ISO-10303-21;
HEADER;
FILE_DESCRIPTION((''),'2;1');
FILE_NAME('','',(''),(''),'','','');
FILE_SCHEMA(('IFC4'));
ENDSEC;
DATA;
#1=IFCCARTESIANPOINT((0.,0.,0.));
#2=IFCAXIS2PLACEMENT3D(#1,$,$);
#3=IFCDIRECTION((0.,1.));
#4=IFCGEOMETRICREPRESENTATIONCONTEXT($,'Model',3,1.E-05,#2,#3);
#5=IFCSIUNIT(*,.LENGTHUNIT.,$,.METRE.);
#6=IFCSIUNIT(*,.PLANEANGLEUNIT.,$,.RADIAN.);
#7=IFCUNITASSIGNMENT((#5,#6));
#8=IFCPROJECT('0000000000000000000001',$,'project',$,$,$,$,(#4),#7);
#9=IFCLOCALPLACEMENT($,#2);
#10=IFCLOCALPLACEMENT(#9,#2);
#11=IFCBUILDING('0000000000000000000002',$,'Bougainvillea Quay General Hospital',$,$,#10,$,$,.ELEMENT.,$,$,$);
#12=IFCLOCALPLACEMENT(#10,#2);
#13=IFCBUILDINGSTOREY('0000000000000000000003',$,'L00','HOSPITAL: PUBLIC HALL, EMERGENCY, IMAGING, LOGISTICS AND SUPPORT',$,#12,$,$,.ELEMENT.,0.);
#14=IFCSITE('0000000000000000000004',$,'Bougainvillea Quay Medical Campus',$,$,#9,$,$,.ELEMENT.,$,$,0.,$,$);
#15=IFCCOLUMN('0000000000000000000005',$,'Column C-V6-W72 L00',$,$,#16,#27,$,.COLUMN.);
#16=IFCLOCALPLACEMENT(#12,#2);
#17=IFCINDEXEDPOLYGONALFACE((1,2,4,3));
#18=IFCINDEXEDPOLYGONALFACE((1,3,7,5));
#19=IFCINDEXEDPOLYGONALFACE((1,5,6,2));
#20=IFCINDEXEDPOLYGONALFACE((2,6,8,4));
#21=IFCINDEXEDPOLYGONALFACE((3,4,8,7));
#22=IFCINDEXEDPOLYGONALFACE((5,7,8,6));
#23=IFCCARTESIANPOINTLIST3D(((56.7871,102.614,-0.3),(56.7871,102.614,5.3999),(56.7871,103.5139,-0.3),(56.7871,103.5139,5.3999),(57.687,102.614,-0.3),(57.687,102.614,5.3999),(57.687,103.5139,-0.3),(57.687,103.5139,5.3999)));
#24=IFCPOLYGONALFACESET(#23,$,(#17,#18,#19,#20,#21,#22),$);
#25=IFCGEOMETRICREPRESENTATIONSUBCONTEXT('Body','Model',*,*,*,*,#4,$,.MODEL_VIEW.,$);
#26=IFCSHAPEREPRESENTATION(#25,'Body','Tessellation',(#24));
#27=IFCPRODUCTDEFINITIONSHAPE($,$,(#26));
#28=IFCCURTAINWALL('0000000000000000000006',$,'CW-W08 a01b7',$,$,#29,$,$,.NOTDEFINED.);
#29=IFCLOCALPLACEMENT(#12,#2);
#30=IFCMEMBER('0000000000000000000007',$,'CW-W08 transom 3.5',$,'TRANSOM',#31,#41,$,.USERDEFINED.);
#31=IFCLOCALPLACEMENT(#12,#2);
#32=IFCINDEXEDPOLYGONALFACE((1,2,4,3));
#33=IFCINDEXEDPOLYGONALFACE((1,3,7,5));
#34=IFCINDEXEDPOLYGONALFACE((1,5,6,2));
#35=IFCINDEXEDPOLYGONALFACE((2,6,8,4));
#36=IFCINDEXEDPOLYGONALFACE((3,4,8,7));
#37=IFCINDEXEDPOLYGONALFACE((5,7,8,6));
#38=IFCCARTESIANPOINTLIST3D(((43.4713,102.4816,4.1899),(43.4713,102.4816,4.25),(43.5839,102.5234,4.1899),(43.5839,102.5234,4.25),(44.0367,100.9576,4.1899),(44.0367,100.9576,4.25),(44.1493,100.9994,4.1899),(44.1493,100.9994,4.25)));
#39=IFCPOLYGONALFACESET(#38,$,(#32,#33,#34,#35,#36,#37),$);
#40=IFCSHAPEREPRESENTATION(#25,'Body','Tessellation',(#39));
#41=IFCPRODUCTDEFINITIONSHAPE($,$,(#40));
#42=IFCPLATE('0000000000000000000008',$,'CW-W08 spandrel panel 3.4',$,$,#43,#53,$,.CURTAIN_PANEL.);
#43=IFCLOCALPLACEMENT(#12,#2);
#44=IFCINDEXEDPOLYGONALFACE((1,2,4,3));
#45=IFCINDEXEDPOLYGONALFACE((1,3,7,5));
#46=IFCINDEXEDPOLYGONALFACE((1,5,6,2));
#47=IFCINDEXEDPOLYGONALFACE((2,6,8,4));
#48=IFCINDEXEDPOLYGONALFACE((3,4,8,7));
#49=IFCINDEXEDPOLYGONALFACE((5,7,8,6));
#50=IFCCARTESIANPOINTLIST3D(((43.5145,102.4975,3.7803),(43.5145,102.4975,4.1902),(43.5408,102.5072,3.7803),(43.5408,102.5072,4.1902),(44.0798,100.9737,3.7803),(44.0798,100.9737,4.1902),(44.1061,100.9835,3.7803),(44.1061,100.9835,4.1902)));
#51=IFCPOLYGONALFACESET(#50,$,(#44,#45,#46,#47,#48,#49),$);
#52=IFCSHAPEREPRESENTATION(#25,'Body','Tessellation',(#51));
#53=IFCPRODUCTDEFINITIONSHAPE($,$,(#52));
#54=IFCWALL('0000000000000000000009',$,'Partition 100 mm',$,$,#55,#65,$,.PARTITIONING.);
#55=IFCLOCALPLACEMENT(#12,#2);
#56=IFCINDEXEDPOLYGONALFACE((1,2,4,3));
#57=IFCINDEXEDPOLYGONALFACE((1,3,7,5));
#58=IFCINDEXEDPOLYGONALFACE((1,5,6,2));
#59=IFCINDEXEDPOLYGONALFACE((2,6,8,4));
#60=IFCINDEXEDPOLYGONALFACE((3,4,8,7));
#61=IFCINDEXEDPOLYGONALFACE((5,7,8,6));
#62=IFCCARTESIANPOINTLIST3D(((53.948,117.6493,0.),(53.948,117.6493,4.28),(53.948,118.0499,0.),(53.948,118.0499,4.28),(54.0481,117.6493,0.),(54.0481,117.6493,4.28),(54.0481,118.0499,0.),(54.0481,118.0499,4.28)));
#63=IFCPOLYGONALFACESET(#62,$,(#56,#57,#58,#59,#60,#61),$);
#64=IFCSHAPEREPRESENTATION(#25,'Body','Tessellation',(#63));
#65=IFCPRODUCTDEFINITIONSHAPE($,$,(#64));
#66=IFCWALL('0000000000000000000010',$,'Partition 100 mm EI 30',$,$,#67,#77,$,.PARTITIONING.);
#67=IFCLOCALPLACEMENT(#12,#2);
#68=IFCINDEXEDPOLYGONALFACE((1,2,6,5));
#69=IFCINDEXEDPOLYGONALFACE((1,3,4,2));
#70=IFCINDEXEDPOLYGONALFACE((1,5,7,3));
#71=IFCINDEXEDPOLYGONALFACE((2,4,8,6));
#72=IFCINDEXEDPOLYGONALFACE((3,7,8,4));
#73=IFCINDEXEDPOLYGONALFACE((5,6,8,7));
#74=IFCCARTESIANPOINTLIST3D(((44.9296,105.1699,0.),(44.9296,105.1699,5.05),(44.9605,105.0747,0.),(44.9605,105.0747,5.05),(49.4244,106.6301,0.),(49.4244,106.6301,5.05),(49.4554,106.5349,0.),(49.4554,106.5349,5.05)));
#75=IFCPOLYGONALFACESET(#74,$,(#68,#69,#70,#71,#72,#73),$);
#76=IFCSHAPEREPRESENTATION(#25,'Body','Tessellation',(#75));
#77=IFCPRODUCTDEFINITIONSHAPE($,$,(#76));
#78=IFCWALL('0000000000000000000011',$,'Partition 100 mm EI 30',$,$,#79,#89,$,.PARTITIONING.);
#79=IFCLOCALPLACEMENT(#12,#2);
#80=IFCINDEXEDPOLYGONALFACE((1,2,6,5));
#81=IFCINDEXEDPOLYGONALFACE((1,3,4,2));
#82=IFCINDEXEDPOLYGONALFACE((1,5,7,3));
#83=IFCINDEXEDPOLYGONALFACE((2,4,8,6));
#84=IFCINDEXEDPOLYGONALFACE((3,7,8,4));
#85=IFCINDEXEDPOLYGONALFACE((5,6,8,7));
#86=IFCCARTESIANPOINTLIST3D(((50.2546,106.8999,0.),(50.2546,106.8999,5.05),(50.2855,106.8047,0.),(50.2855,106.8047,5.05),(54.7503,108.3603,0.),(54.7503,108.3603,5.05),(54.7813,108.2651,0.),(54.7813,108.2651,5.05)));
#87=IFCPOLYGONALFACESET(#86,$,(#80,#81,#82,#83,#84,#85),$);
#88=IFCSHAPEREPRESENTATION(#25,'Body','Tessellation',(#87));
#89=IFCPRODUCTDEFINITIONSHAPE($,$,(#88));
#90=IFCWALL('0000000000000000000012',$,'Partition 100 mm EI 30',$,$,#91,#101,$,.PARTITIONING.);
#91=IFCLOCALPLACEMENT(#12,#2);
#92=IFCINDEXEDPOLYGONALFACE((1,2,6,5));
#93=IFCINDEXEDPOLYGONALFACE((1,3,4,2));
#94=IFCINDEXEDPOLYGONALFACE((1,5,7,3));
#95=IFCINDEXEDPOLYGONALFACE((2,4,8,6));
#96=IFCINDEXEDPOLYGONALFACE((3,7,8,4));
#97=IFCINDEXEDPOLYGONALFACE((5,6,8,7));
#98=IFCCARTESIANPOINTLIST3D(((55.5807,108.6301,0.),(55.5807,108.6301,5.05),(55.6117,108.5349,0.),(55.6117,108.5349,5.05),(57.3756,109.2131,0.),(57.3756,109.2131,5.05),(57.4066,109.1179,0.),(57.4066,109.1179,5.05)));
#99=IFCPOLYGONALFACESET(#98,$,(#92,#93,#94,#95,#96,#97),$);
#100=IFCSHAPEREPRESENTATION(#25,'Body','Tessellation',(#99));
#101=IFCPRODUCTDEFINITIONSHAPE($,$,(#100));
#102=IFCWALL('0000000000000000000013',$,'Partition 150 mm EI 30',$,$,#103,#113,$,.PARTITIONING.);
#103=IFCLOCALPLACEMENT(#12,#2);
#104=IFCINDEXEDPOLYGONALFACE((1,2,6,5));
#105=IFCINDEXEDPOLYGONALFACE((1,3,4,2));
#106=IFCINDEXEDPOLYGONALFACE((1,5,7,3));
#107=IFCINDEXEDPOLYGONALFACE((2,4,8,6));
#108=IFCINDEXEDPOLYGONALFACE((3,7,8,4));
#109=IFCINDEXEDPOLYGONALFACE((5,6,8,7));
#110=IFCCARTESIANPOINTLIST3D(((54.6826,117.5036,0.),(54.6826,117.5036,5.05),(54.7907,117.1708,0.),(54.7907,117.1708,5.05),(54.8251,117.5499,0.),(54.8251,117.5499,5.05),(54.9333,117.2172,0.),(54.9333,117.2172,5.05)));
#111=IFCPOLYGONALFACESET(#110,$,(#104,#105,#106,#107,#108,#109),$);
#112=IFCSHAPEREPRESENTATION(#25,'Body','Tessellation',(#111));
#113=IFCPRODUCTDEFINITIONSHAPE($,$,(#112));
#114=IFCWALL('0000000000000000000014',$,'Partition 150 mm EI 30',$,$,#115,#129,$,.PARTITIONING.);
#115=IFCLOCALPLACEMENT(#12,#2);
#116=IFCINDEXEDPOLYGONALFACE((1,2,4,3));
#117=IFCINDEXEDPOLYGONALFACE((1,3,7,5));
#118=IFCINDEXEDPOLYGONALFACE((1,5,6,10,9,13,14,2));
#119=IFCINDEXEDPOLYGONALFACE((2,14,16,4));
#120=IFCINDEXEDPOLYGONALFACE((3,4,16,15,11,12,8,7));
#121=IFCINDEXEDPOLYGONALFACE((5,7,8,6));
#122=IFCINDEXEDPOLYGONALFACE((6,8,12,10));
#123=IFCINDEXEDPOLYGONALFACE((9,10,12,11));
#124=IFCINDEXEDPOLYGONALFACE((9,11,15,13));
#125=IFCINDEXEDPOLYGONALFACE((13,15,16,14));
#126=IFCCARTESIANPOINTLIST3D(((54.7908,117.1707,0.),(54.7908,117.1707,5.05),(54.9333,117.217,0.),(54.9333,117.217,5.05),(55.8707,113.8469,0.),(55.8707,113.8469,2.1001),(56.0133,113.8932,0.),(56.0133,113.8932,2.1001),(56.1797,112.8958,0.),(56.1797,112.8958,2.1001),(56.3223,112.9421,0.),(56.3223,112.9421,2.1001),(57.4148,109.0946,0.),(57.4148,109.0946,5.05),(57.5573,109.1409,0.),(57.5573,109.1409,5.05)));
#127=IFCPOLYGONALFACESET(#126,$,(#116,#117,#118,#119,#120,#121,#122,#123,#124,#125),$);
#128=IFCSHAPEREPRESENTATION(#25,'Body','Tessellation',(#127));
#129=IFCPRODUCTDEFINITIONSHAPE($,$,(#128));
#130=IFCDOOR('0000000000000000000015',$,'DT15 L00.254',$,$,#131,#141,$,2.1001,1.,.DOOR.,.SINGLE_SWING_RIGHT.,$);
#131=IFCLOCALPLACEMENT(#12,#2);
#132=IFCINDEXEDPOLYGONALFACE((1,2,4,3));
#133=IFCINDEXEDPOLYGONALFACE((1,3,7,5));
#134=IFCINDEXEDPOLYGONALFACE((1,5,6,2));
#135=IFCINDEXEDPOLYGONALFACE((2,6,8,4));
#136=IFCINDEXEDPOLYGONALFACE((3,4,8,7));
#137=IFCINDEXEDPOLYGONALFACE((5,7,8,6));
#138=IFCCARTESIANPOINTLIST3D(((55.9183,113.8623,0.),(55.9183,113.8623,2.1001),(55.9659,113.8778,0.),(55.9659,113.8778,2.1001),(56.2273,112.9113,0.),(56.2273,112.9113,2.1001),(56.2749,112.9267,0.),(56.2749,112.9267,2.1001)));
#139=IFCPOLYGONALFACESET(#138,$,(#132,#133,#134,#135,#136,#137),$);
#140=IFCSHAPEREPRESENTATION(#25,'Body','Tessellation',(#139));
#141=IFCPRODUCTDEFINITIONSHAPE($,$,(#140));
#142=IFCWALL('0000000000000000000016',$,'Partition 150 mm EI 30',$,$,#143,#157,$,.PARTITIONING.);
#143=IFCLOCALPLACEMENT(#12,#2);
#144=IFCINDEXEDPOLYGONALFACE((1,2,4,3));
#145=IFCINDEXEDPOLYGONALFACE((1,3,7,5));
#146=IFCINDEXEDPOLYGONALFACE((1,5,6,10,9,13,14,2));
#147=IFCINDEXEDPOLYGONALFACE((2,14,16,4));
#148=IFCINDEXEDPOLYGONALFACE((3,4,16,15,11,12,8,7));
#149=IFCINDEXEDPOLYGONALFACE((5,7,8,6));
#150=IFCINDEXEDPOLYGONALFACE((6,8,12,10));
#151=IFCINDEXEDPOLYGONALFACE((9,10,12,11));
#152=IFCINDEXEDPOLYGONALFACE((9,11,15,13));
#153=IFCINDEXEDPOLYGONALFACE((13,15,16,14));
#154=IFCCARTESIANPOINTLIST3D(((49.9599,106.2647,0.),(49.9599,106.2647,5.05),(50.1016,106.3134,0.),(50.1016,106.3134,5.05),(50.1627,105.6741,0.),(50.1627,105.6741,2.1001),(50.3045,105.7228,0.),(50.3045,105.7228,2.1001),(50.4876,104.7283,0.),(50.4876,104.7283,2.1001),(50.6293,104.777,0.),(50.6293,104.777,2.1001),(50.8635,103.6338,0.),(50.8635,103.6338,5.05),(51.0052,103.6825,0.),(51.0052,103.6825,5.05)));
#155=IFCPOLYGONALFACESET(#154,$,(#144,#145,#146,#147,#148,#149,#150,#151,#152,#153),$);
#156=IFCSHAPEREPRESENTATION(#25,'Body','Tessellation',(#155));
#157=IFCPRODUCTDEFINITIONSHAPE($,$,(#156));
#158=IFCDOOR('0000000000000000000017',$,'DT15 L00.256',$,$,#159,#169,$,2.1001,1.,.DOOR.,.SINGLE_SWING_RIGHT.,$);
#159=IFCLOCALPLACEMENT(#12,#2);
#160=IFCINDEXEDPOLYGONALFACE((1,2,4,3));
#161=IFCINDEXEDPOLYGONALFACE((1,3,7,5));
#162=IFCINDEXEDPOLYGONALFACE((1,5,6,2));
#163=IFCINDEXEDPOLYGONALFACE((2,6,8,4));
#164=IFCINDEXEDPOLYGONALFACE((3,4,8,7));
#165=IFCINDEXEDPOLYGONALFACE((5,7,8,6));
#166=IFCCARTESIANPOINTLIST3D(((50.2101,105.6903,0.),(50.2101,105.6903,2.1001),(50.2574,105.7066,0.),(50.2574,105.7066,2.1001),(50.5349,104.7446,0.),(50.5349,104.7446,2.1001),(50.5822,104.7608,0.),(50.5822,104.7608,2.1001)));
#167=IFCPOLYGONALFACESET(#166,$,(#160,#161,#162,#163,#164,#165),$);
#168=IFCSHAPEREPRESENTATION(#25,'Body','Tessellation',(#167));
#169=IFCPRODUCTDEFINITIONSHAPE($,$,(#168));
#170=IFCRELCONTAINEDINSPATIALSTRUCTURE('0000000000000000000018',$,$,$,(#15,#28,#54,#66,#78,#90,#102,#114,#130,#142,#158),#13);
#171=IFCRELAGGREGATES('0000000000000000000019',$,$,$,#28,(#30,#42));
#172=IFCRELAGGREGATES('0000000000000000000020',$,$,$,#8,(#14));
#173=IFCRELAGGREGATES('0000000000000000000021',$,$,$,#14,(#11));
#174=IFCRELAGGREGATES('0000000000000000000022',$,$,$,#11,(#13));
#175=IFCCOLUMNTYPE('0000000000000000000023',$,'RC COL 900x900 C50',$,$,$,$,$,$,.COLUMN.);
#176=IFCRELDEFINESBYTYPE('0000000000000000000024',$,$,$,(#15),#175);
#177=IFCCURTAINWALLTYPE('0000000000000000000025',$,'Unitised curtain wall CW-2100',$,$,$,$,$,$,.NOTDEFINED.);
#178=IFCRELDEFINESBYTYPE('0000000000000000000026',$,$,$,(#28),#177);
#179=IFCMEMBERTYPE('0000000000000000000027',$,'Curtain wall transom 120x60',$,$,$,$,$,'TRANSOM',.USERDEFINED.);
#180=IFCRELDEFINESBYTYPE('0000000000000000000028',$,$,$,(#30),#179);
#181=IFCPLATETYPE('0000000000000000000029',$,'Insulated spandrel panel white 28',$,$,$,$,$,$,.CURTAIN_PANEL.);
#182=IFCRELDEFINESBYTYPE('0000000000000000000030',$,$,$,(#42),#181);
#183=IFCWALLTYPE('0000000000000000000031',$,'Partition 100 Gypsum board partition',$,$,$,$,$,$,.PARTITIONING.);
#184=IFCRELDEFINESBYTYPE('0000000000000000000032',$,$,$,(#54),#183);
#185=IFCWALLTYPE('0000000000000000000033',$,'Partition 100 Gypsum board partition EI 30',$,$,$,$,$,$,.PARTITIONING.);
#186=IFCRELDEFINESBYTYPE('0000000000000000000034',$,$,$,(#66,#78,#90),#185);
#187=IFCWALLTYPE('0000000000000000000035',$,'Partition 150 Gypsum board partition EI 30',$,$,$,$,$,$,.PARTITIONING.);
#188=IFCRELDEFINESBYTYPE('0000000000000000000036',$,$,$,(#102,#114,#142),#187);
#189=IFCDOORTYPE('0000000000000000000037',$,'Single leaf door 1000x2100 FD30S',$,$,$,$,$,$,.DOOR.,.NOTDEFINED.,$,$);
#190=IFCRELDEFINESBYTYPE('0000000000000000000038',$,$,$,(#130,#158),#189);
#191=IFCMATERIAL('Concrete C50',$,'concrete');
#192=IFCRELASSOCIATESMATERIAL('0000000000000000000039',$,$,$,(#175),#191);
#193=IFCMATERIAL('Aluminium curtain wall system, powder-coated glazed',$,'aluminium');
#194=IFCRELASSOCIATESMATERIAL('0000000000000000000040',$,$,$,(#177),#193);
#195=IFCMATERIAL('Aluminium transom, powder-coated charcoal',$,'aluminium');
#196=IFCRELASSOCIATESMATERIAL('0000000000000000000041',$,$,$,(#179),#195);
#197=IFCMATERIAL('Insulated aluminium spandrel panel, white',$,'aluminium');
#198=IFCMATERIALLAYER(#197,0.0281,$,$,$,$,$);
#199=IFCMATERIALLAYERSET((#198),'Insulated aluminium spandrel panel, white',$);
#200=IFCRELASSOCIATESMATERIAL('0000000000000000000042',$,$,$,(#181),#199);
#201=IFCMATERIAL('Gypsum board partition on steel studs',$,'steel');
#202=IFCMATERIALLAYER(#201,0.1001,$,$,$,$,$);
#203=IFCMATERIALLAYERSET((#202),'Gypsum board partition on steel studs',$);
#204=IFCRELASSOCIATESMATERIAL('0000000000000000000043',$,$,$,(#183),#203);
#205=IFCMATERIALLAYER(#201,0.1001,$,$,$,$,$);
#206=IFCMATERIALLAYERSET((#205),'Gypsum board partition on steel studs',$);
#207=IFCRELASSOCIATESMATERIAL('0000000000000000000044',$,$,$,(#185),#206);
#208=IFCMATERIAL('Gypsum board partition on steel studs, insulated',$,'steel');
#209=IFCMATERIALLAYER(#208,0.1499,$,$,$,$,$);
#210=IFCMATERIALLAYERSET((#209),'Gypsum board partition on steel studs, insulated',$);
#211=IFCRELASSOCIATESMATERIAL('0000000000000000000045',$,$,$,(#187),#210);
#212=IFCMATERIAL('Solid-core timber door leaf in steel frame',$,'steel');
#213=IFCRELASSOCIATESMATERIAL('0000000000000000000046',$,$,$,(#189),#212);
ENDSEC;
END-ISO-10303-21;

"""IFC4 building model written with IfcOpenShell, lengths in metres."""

from ifc_helpers import new_model, si_unit, direction, frame, frame_2d, origin, origin_2d, place, context, subcontext, project, spatial, rectangle, extrude, material, layer, layer_set, material_profile, profile_set, type_object, element, fill, aggregate, save


model = new_model("IFC4")

# Units and contexts
model_context = context("Model", 3, precision=1e-05, world=origin(), true_north=direction((0.0, 1.0)))
body_context = subcontext(model_context, "Body", "Model", "MODEL_VIEW")
ifc_project = project(units=[si_unit("LENGTHUNIT", "METRE"), si_unit("PLANEANGLEUNIT", "RADIAN")], contexts=[model_context])

# Site, building, storey
site_placement = place(None, origin())
site = spatial("IfcSite", under=ifc_project, at=site_placement, Name="Bougainvillea Quay Medical Campus", CompositionType="ELEMENT", RefElevation=0.0)
building_placement = place(site_placement, origin())
building = spatial("IfcBuilding", under=site, at=building_placement, Name="Bougainvillea Quay General Hospital", CompositionType="ELEMENT")
storey_placement = place(building_placement, origin())
storey = spatial("IfcBuildingStorey", under=building, at=storey_placement, Name="L00", Description="HOSPITAL: PUBLIC HALL, EMERGENCY, IMAGING, LOGISTICS AND SUPPORT", CompositionType="ELEMENT", Elevation=0.0)

# Column
ifc_material_1 = material(Name="Concrete C50", Category="concrete")
ifc_material_profile_1 = material_profile(ifc_material_1, rectangle(XDim=0.8999, YDim=0.8999, at=origin_2d()))
ifc_profile_set_1 = profile_set([ifc_material_profile_1], Name="Concrete C50")
column_type_1 = type_object("IfcColumnType", Name="RC COL 900x900 C50", PredefinedType="COLUMN", material=ifc_profile_set_1)
for number, where, z_axis, x_axis, name in (
    (1, (57.2371, 103.064, -0.3), (0.0, 0.0, 1.0), (1.0, 0.0, 0.0), "Column C-V6-W72 L00"),
):
    element("IfcColumn", number, at=place(storey_placement, frame(where, z_axis=z_axis, x_axis=x_axis)), inside=storey, type_object=column_type_1, Name=name, PredefinedType="COLUMN", context=body_context, shape_type="SweptSolid", body=[
        extrude(rectangle(XDim=0.8999, YDim=0.8999, at=origin_2d()), origin(), (0.0, 0.0, 1.0), 5.7),
    ])

# Curtain wall, member, plate
ifc_material_2 = material(Name="Aluminium curtain wall system, powder-coated glazed", Category="aluminium")
curtain_wall_type = type_object("IfcCurtainWallType", Name="Unitised curtain wall CW-2100", PredefinedType="NOTDEFINED", material=ifc_material_2)
curtain_wall_placement = place(storey_placement, origin())
curtain_wall = element("IfcCurtainWall", 2, at=curtain_wall_placement, inside=storey, type_object=curtain_wall_type, Name="CW-W08 a01b7", PredefinedType="NOTDEFINED")
ifc_material_3 = material(Name="Aluminium transom, powder-coated charcoal", Category="aluminium")
ifc_material_profile_2 = material_profile(ifc_material_3, rectangle(XDim=0.1201, YDim=0.0601, at=origin_2d()))
ifc_profile_set_2 = profile_set([ifc_material_profile_2], Name="Aluminium transom, powder-coated charcoal")
member_type = type_object("IfcMemberType", Name="Curtain wall transom 120x60", ElementType="TRANSOM", PredefinedType="USERDEFINED", material=ifc_profile_set_2)
member_placement = place(storey_placement, frame((44.093, 100.9785, 4.22), z_axis=(-0.347862, 0.937546, 0.0), x_axis=(-0.937546, -0.347862, 0.0)))
member = element("IfcMember", 3, at=member_placement, type_object=member_type, Name="CW-W08 transom 3.5", ObjectType="TRANSOM", PredefinedType="USERDEFINED", context=body_context, shape_type="SweptSolid", body=[
    extrude(rectangle(XDim=0.1201, YDim=0.0601, at=origin_2d()), origin(), (0.0, 0.0, 1.0), 1.6255),
])
ifc_material_4 = material(Name="Insulated aluminium spandrel panel, white", Category="aluminium")
ifc_layer_1 = layer(ifc_material_4, 0.0281)
ifc_layer_set_1 = layer_set([ifc_layer_1], Name="Insulated aluminium spandrel panel, white")
plate_type = type_object("IfcPlateType", Name="Insulated spandrel panel white 28", PredefinedType="CURTAIN_PANEL", material=ifc_layer_set_1)
plate_placement = place(storey_placement, frame((43.8103, 101.7405, 3.7803), z_axis=(0.0, 0.0, 1.0), x_axis=(-0.347833, 0.937556, 0.0)))
plate = element("IfcPlate", 4, at=plate_placement, type_object=plate_type, Name="CW-W08 spandrel panel 3.4", PredefinedType="CURTAIN_PANEL", context=body_context, shape_type="SweptSolid", body=[
    extrude(rectangle(XDim=1.6252, YDim=0.0281, at=origin_2d()), origin(), (0.0, 0.0, 1.0), 0.4099),
])
aggregate(curtain_wall, [member, plate])

# Walls
ifc_material_5 = material(Name="Gypsum board partition on steel studs", Category="steel")
ifc_layer_2 = layer(ifc_material_5, 0.1001)
ifc_layer_set_2 = layer_set([ifc_layer_2], Name="Gypsum board partition on steel studs")
wall_type_1 = type_object("IfcWallType", Name="Partition 100 Gypsum board partition", PredefinedType="PARTITIONING", material=ifc_layer_set_2)
wall_1_placement = place(storey_placement, frame((53.998, 117.6494, 0.0), z_axis=(0.0, 0.0, 1.0), x_axis=(0.0, 1.0, 0.0)))
element("IfcWall", 5, at=wall_1_placement, inside=storey, type_object=wall_type_1, Name="Partition 100 mm", PredefinedType="PARTITIONING", context=body_context, shape_type="SweptSolid", body=[
    extrude(rectangle(XDim=0.4006, YDim=0.1001, at=frame_2d((0.2002, 0.0))), origin(), (0.0, 0.0, 1.0), 4.28),
])
ifc_layer_3 = layer(ifc_material_5, 0.1001)
ifc_layer_set_3 = layer_set([ifc_layer_3], Name="Gypsum board partition on steel studs")
wall_type_2 = type_object("IfcWallType", Name="Partition 100 Gypsum board partition EI 30", PredefinedType="PARTITIONING", material=ifc_layer_set_3)
wall_2_placement = place(storey_placement, frame((44.9451, 105.1223, 0.0), z_axis=(0.0, 0.0, 1.0), x_axis=(0.951073, 0.308966, 0.0)))
element("IfcWall", 6, at=wall_2_placement, inside=storey, type_object=wall_type_2, Name="Partition 100 mm EI 30", PredefinedType="PARTITIONING", context=body_context, shape_type="SweptSolid", body=[
    extrude(rectangle(XDim=4.7261, YDim=0.1001, at=frame_2d((2.363, 0.0))), origin(), (0.0, 0.0, 1.0), 5.05),
])
wall_3_placement = place(storey_placement, frame((50.27, 106.8523, 0.0), z_axis=(0.0, 0.0, 1.0), x_axis=(0.951078, 0.308952, 0.0)))
element("IfcWall", 7, at=wall_3_placement, inside=storey, type_object=wall_type_2, Name="Partition 100 mm EI 30", PredefinedType="PARTITIONING", context=body_context, shape_type="SweptSolid", body=[
    extrude(rectangle(XDim=4.7271, YDim=0.1001, at=frame_2d((2.3635, 0.0))), origin(), (0.0, 0.0, 1.0), 5.05),
])
wall_4_placement = place(storey_placement, frame((55.5962, 108.5825, 0.0), z_axis=(0.0, 0.0, 1.0), x_axis=(0.951087, 0.308922, 0.0)))
element("IfcWall", 8, at=wall_4_placement, inside=storey, type_object=wall_type_2, Name="Partition 100 mm EI 30", PredefinedType="PARTITIONING", context=body_context, shape_type="SweptSolid", body=[
    extrude(rectangle(XDim=1.8872, YDim=0.1001, at=frame_2d((0.9436, 0.0))), origin(), (0.0, 0.0, 1.0), 5.05),
])
ifc_material_6 = material(Name="Gypsum board partition on steel studs, insulated", Category="steel")
ifc_layer_4 = layer(ifc_material_6, 0.1499)
ifc_layer_set_4 = layer_set([ifc_layer_4], Name="Gypsum board partition on steel studs, insulated")
wall_type_3 = type_object("IfcWallType", Name="Partition 150 Gypsum board partition EI 30", PredefinedType="PARTITIONING", material=ifc_layer_set_4)
wall_5_placement = place(storey_placement, frame((54.7539, 117.5266, 0.0), z_axis=(0.0, 0.0, 1.0), x_axis=(0.309102, -0.951029, 0.0)))
element("IfcWall", 9, at=wall_5_placement, inside=storey, type_object=wall_type_3, Name="Partition 150 mm EI 30", PredefinedType="PARTITIONING", context=body_context, shape_type="SweptSolid", body=[
    extrude(rectangle(XDim=0.3499, YDim=0.1499, at=frame_2d((0.1748, 0.0))), origin(), (0.0, 0.0, 1.0), 5.05),
])

# Walls, openings, doors
wall_6_placement = place(storey_placement, frame((54.8621, 117.1938, 0.0), z_axis=(0.0, 0.0, 1.0), x_axis=(0.309008, -0.951059, 0.0)))
wall_6 = element("IfcWall", 10, at=wall_6_placement, inside=storey, type_object=wall_type_3, Name="Partition 150 mm EI 30", PredefinedType="PARTITIONING", context=body_context, shape_type="SweptSolid", body=[
    extrude(rectangle(XDim=8.4917, YDim=0.1499, at=frame_2d((4.2458, 0.0))), origin(), (0.0, 0.0, 1.0), 5.05),
])
opening_1_placement = place(wall_6_placement, frame((3.4949, 0.0, 0.0)))
opening_1 = element("IfcOpeningElement", 11, at=opening_1_placement, cuts=wall_6, PredefinedType="OPENING", context=body_context, shape_type="SweptSolid", body=[
    extrude(rectangle(XDim=1.0, YDim=2.1001, at=frame_2d((0.5, 1.05))), frame((0.0, 0.085, 0.0), z_axis=(0.0, -1.0, 0.0), x_axis=(1.0, 0.0, 0.0)), (0.0, 0.0, 1.0), 0.1699),
])
ifc_material_7 = material(Name="Solid-core timber door leaf in steel frame", Category="steel")
door_type_1 = type_object("IfcDoorType", Name="Single leaf door 1000x2100 FD30S", OperationType="NOTDEFINED", PredefinedType="DOOR", material=ifc_material_7)
door_1_placement = place(opening_1_placement, frame((1.0, 0.0, 0.0), z_axis=(0.0, 0.0, 1.0), x_axis=(-1.0, 0.0, 0.0)))
door_1 = element("IfcDoor", 12, at=door_1_placement, inside=storey, type_object=door_type_1, Name="DT15 L00.254", OperationType="SINGLE_SWING_RIGHT", OverallHeight=2.1001, OverallWidth=1.0, PredefinedType="DOOR", context=body_context, shape_type="SweptSolid", body=[
    extrude(rectangle(XDim=1.0, YDim=2.1001, at=frame_2d((0.5, 1.05))), frame((0.0, 0.0249, 0.0), z_axis=(0.0, -1.0, 0.0), x_axis=(1.0, 0.0, 0.0)), (0.0, 0.0, 1.0), 0.05),
])
fill(opening_1, door_1)
wall_7_placement = place(storey_placement, frame((50.0308, 106.2891, 0.0), z_axis=(0.0, 0.0, 1.0), x_axis=(0.324825, -0.945774, 0.0)))
wall_7 = element("IfcWall", 13, at=wall_7_placement, inside=storey, type_object=wall_type_3, Name="Partition 150 mm EI 30", PredefinedType="PARTITIONING", context=body_context, shape_type="SweptSolid", body=[
    extrude(rectangle(XDim=2.7817, YDim=0.1499, at=frame_2d((1.3909, 0.0))), origin(), (0.0, 0.0, 1.0), 5.05),
])
opening_2_placement = place(wall_7_placement, frame((0.6245, 0.0, 0.0)))
opening_2 = element("IfcOpeningElement", 14, at=opening_2_placement, cuts=wall_7, PredefinedType="OPENING", context=body_context, shape_type="SweptSolid", body=[
    extrude(rectangle(XDim=1.0, YDim=2.1001, at=frame_2d((0.5, 1.05))), frame((0.0, 0.085, 0.0), z_axis=(0.0, -1.0, 0.0), x_axis=(1.0, 0.0, 0.0)), (0.0, 0.0, 1.0), 0.1699),
])
door_2_placement = place(opening_2_placement, frame((1.0, 0.0, 0.0), z_axis=(0.0, 0.0, 1.0), x_axis=(-1.0, 0.0, 0.0)))
door_2 = element("IfcDoor", 15, at=door_2_placement, inside=storey, type_object=door_type_1, Name="DT15 L00.256", OperationType="SINGLE_SWING_RIGHT", OverallHeight=2.1001, OverallWidth=1.0, PredefinedType="DOOR", context=body_context, shape_type="SweptSolid", body=[
    extrude(rectangle(XDim=1.0, YDim=2.1001, at=frame_2d((0.5, 1.05))), frame((0.0, 0.0249, 0.0), z_axis=(0.0, -1.0, 0.0), x_axis=(1.0, 0.0, 0.0)), (0.0, 0.0, 1.0), 0.05),
])
fill(opening_2, door_2)

save(model, "model.ifc")
